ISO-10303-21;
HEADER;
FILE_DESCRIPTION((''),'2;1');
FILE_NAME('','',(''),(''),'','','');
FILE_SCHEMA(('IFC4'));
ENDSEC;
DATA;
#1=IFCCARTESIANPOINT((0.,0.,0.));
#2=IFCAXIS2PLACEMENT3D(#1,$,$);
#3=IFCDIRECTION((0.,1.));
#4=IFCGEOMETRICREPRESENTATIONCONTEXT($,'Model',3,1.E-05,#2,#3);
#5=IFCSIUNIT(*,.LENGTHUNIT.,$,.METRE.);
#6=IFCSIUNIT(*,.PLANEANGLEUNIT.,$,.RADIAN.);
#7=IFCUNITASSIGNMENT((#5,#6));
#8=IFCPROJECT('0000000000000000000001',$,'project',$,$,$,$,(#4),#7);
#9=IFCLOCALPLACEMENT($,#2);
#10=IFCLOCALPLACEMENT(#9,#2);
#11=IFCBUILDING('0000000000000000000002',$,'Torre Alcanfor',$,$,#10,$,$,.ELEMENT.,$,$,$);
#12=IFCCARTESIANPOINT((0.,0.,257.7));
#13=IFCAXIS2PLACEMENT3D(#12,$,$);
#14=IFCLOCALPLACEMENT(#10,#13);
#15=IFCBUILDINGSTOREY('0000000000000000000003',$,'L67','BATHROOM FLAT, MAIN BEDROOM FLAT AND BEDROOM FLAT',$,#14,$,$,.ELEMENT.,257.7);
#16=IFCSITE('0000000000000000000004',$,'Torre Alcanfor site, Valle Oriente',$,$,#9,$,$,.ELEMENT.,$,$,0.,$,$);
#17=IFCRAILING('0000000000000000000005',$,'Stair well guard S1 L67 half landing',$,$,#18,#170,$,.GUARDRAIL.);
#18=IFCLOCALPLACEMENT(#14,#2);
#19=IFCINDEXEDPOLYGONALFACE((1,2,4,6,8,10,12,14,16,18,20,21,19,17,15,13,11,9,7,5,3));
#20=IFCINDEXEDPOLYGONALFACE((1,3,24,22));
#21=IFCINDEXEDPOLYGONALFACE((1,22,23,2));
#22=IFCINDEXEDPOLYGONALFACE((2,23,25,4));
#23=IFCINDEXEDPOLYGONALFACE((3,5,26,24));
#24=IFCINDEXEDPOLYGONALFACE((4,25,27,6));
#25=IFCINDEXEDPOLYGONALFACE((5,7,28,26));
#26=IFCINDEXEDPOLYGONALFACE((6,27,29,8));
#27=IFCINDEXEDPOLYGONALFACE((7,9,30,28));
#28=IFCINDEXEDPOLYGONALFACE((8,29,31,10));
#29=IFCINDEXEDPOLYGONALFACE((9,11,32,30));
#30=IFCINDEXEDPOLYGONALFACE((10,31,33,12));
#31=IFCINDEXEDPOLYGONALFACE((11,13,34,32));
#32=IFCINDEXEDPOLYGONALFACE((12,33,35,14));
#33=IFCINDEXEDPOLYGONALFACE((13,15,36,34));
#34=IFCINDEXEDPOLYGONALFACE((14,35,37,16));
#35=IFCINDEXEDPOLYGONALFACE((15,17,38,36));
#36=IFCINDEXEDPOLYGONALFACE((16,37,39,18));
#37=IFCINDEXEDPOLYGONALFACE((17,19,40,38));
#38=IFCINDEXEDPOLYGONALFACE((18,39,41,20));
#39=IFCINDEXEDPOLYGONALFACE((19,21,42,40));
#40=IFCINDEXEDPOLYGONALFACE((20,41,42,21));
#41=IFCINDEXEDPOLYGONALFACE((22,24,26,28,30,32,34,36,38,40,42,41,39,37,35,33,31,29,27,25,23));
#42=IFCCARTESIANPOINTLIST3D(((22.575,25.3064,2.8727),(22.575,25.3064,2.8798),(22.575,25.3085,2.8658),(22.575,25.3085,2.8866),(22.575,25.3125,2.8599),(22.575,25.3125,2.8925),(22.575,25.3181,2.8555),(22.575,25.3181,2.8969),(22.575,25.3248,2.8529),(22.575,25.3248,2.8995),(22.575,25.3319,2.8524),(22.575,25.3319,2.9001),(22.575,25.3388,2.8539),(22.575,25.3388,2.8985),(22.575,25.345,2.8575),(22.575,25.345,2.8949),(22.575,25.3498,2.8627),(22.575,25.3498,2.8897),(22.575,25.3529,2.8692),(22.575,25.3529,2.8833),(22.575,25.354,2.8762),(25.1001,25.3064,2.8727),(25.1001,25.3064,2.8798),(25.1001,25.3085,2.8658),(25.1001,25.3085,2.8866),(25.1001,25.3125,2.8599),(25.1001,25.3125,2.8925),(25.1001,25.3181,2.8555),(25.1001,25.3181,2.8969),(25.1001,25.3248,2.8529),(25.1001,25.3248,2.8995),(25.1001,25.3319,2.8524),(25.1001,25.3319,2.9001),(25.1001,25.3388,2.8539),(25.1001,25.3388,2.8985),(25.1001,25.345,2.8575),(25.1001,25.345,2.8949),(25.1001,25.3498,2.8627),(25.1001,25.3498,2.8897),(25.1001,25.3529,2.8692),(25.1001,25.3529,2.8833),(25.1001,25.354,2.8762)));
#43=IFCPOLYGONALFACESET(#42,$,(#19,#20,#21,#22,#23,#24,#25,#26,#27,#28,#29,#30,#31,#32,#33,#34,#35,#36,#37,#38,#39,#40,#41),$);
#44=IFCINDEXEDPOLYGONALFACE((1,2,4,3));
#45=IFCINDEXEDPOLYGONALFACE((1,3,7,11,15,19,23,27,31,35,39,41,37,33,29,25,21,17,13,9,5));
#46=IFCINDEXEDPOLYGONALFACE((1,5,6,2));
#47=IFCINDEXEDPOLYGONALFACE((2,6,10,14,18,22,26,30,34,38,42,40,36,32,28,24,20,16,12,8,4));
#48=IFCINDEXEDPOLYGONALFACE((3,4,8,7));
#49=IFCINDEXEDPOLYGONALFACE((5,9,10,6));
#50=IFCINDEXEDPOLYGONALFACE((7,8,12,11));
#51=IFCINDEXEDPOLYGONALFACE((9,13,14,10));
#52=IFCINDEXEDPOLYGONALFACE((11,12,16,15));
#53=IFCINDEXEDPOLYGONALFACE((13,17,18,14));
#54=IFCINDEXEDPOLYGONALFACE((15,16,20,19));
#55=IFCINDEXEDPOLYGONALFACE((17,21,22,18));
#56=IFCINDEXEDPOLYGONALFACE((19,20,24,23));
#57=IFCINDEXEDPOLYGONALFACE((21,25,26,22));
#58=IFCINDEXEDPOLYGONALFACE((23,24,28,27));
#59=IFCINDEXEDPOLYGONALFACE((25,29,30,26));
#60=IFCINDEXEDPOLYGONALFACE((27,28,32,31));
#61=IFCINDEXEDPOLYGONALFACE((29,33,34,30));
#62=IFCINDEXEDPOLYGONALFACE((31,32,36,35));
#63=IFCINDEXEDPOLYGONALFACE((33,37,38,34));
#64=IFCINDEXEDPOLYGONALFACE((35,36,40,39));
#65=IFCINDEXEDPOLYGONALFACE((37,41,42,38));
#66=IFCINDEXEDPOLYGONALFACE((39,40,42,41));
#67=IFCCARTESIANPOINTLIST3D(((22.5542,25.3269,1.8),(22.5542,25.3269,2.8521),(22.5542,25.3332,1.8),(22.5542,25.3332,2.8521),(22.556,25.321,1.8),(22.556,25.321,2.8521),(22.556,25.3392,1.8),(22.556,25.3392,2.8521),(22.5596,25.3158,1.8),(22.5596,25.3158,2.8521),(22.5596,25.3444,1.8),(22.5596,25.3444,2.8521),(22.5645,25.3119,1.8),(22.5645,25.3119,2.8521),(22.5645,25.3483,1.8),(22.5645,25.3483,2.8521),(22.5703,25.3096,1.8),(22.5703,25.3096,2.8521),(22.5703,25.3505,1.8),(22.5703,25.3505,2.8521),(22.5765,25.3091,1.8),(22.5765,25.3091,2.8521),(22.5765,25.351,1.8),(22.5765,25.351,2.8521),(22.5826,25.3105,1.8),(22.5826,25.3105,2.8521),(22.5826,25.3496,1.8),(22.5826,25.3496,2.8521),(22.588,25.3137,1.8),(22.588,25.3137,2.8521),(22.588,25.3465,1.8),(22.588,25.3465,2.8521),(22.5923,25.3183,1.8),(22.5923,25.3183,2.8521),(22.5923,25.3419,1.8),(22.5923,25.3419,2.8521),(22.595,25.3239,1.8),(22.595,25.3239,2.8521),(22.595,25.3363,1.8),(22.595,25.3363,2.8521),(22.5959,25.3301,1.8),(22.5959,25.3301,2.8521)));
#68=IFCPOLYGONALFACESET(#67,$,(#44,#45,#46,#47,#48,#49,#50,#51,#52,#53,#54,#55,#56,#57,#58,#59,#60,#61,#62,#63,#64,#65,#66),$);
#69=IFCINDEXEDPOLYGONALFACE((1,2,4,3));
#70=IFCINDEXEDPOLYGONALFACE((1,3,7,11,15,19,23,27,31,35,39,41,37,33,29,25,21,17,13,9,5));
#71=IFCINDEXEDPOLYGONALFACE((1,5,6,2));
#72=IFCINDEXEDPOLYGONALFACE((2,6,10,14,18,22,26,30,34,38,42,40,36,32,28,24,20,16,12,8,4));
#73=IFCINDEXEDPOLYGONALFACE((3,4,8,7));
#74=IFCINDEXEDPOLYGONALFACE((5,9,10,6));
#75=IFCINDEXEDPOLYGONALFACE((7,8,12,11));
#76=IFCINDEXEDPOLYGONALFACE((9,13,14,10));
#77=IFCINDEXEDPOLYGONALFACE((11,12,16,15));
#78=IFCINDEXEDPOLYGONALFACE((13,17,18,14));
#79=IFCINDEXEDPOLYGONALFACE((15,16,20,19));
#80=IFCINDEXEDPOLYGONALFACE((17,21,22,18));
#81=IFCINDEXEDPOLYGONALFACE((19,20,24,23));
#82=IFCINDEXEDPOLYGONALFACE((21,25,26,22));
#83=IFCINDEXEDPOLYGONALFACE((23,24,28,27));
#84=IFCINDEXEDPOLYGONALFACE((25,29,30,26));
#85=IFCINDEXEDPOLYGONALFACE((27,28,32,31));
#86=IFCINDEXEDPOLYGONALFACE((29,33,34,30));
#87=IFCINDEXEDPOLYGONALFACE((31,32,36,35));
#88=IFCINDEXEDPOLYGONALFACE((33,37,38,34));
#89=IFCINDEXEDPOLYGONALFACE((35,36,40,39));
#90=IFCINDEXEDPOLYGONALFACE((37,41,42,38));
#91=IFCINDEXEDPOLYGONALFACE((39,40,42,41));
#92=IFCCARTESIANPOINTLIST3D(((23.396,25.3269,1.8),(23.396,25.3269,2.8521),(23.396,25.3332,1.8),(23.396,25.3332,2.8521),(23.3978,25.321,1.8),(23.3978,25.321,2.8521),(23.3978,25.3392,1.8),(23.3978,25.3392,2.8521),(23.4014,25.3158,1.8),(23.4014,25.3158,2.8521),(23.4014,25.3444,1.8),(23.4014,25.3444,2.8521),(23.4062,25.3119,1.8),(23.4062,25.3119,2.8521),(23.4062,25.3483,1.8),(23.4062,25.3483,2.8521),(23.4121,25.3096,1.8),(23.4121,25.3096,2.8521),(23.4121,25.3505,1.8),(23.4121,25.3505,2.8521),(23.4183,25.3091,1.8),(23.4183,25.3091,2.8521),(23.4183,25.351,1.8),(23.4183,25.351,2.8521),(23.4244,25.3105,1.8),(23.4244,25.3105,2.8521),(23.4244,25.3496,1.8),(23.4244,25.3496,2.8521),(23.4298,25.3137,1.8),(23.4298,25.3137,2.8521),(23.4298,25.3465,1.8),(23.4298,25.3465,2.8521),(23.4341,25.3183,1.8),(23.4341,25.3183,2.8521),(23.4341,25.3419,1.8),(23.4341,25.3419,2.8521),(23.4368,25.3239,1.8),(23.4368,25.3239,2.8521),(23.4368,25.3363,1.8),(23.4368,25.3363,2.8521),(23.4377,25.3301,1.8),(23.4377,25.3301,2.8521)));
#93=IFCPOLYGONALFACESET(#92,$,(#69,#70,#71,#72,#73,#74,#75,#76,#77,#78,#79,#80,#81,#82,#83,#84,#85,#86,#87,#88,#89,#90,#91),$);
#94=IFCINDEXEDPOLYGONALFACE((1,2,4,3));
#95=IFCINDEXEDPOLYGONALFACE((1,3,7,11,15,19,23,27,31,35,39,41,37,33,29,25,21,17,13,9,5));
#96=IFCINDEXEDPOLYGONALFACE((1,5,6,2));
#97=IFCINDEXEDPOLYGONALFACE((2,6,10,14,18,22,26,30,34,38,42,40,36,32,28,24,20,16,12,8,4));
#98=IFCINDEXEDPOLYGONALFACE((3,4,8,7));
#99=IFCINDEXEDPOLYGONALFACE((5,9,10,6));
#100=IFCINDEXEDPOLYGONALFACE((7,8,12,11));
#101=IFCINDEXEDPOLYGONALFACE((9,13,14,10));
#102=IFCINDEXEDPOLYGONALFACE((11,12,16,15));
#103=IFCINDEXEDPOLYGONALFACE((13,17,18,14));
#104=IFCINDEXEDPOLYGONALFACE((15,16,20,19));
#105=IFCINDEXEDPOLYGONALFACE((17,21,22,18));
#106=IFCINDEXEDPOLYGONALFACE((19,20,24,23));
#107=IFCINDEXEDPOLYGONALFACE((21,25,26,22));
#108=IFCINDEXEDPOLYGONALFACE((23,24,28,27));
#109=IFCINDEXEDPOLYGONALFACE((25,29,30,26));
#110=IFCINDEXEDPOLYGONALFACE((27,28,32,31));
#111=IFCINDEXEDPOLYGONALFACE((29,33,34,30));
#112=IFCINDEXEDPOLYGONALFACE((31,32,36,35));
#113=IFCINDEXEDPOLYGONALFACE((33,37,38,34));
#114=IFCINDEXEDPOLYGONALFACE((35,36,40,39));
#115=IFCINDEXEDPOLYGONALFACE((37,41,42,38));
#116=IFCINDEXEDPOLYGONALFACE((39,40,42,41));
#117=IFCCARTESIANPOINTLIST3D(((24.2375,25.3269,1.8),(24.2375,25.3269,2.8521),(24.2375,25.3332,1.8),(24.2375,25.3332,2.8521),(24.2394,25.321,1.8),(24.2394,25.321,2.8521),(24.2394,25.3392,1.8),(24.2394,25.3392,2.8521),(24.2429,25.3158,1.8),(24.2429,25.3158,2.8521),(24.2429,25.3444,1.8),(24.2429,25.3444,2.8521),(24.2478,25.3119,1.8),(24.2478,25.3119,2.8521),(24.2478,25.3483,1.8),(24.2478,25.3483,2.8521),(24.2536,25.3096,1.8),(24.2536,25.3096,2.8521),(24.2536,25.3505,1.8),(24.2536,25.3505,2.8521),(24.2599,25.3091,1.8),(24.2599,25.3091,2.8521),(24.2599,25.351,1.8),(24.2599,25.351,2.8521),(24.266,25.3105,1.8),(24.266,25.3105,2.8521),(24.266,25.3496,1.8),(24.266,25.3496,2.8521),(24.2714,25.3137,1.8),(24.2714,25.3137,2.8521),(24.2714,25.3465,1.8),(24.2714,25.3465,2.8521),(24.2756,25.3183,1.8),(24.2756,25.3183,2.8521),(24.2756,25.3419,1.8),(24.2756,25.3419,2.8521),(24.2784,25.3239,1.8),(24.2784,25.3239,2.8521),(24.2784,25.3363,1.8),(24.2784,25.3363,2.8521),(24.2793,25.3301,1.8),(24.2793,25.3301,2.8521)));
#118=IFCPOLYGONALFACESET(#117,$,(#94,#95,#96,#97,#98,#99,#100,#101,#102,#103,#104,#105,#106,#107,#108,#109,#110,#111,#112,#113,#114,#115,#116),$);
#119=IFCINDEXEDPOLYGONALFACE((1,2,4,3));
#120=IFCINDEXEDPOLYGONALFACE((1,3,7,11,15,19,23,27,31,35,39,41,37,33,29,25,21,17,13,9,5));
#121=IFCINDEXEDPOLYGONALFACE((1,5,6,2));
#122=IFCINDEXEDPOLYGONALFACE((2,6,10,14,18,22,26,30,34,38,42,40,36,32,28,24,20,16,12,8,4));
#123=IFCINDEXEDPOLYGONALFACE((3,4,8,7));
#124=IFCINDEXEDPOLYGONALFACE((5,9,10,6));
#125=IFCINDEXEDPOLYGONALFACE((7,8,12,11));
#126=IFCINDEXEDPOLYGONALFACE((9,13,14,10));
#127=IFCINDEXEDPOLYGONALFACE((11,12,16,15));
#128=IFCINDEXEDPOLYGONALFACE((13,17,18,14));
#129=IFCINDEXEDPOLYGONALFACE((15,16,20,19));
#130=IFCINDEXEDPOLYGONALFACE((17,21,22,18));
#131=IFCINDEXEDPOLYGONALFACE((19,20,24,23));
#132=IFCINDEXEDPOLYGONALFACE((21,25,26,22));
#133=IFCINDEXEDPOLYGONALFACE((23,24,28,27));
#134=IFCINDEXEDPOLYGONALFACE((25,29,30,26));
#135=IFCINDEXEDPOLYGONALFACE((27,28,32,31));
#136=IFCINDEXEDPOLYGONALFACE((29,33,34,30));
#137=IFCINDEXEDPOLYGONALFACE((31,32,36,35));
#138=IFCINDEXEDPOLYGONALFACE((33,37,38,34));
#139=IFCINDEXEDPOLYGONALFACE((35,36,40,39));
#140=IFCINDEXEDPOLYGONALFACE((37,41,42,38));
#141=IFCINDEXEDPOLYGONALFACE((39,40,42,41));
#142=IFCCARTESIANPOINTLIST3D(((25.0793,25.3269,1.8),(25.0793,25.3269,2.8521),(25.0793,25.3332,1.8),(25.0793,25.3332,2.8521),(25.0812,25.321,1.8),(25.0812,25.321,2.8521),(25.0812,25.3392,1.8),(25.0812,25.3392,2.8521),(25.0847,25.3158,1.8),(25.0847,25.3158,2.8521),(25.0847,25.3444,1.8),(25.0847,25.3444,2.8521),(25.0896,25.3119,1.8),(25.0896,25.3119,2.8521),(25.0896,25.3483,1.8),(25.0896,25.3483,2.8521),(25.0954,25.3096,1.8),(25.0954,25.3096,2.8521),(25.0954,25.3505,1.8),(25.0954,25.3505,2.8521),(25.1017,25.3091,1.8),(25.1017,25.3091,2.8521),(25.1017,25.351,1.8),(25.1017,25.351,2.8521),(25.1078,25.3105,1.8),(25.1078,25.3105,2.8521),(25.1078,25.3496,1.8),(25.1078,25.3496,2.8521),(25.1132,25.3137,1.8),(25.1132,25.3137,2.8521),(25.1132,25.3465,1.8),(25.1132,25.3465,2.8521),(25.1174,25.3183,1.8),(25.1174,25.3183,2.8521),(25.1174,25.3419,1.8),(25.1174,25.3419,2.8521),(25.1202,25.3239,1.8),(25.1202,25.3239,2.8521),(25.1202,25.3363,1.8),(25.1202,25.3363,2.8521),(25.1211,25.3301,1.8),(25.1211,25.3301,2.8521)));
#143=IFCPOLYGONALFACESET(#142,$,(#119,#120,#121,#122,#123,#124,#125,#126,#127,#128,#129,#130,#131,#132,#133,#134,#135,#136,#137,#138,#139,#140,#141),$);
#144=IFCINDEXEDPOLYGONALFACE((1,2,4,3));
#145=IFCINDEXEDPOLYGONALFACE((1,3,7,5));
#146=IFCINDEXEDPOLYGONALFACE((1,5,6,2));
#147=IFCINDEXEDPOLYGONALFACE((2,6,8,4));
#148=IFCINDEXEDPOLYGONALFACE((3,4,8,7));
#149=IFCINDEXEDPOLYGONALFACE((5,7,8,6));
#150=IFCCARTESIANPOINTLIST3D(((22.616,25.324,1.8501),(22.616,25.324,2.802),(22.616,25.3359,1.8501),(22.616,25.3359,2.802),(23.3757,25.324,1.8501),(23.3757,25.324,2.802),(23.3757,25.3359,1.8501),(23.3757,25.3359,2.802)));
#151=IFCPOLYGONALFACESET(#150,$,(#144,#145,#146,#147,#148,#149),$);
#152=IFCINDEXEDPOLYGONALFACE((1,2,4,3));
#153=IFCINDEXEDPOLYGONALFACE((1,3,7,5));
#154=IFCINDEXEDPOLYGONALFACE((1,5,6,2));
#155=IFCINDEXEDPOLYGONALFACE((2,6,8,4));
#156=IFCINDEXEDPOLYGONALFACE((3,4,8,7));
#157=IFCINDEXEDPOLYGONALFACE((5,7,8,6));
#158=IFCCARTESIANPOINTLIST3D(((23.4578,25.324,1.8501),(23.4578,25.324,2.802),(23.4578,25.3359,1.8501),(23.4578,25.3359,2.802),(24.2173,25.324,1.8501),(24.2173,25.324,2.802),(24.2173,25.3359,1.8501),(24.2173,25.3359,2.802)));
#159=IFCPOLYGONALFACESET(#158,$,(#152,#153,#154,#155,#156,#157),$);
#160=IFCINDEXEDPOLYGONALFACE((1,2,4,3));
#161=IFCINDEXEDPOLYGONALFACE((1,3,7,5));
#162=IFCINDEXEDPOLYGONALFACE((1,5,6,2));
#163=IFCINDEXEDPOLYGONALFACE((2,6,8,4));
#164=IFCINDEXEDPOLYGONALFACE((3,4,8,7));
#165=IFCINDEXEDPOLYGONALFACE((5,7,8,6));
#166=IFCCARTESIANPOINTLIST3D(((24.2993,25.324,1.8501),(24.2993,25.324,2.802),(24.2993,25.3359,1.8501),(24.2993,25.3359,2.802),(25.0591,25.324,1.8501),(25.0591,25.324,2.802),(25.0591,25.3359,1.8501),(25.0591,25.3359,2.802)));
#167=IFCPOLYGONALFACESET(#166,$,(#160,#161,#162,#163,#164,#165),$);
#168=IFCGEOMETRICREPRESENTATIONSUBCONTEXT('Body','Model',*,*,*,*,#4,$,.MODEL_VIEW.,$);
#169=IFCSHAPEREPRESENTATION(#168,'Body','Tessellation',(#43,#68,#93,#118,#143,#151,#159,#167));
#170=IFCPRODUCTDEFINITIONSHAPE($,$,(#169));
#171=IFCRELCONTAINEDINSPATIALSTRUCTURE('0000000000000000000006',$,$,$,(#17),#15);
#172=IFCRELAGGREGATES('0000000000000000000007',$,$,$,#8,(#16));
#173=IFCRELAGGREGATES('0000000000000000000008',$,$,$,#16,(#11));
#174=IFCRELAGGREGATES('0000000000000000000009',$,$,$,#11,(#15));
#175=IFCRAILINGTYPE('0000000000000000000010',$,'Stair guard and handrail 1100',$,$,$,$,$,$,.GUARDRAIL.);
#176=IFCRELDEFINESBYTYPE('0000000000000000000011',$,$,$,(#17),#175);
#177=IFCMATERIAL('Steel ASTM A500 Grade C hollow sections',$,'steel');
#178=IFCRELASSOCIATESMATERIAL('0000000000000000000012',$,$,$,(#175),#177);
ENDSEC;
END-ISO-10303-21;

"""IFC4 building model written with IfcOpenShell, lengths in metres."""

from ifc_helpers import new_model, si_unit, direction, frame, origin, origin_2d, place, context, subcontext, project, spatial, polyline, circle, outline, extrude, material, type_object, element, save


model = new_model("IFC4")

# Units and contexts
model_context = context("Model", 3, precision=1e-05, world=origin(), true_north=direction((0.0, 1.0)))
body_context = subcontext(model_context, "Body", "Model", "MODEL_VIEW")
ifc_project = project(units=[si_unit("LENGTHUNIT", "METRE"), si_unit("PLANEANGLEUNIT", "RADIAN")], contexts=[model_context])

# Site, building, storey
site_placement = place(None, origin())
site = spatial("IfcSite", under=ifc_project, at=site_placement, Name="Torre Alcanfor site, Valle Oriente", CompositionType="ELEMENT", RefElevation=0.0)
building_placement = place(site_placement, origin())
building = spatial("IfcBuilding", under=site, at=building_placement, Name="Torre Alcanfor", CompositionType="ELEMENT")
storey_placement = place(building_placement, frame((0.0, 0.0, 257.7)))
storey = spatial("IfcBuildingStorey", under=building, at=storey_placement, Name="L67", Description="BATHROOM FLAT, MAIN BEDROOM FLAT AND BEDROOM FLAT", CompositionType="ELEMENT", Elevation=257.7)

# Railing
ifc_material_1 = material(Name="Steel ASTM A500 Grade C hollow sections", Category="steel")
railing_type_1 = type_object("IfcRailingType", Name="Stair guard and handrail 1100", PredefinedType="GUARDRAIL", material=ifc_material_1)
railing_1_placement = place(storey_placement, frame((22.575, 25.3301, 1.8)))
element("IfcRailing", 1, at=railing_1_placement, inside=storey, type_object=railing_type_1, Name="Stair well guard S1 L67 half landing", PredefinedType="GUARDRAIL", context=body_context, shape_type="SweptSolid", body=[
    extrude(circle(Radius=0.0239, at=origin_2d()), frame((0.0, 0.0, 1.0762), z_axis=(1.0, 0.0, 0.0), x_axis=(0.0, 1.0, 0.0)), (0.0, 0.0, 1.0), 2.5251),
    extrude(circle(Radius=0.021, at=origin_2d()), origin(), (0.0, 0.0, 1.0), 1.052),
    extrude(circle(Radius=0.021, at=origin_2d()), frame((0.8418, 0.0, 0.0)), (0.0, 0.0, 1.0), 1.052),
    extrude(circle(Radius=0.021, at=origin_2d()), frame((1.6833, 0.0, 0.0)), (0.0, 0.0, 1.0), 1.052),
    extrude(circle(Radius=0.021, at=origin_2d()), frame((2.5251, 0.0, 0.0)), (0.0, 0.0, 1.0), 1.052),
    extrude(outline(polyline([(0.041, 0.05), (0.8008, 0.05), (0.8008, 1.002), (0.041, 1.002), (0.041, 0.05)])), frame((0.0, 0.0059, 0.0), z_axis=(0.0, -1.0, 0.0), x_axis=(1.0, 0.0, 0.0)), (0.0, 0.0, 1.0), 0.012),
    extrude(outline(polyline([(0.8828, 0.05), (1.6423, 0.05), (1.6423, 1.002), (0.8828, 1.002), (0.8828, 0.05)])), frame((0.0, 0.0059, 0.0), z_axis=(0.0, -1.0, 0.0), x_axis=(1.0, 0.0, 0.0)), (0.0, 0.0, 1.0), 0.012),
    extrude(outline(polyline([(1.7244, 0.05), (2.4841, 0.05), (2.4841, 1.002), (1.7244, 1.002), (1.7244, 0.05)])), frame((0.0, 0.0059, 0.0), z_axis=(0.0, -1.0, 0.0), x_axis=(1.0, 0.0, 0.0)), (0.0, 0.0, 1.0), 0.012),
])

save(model, "model.ifc")
